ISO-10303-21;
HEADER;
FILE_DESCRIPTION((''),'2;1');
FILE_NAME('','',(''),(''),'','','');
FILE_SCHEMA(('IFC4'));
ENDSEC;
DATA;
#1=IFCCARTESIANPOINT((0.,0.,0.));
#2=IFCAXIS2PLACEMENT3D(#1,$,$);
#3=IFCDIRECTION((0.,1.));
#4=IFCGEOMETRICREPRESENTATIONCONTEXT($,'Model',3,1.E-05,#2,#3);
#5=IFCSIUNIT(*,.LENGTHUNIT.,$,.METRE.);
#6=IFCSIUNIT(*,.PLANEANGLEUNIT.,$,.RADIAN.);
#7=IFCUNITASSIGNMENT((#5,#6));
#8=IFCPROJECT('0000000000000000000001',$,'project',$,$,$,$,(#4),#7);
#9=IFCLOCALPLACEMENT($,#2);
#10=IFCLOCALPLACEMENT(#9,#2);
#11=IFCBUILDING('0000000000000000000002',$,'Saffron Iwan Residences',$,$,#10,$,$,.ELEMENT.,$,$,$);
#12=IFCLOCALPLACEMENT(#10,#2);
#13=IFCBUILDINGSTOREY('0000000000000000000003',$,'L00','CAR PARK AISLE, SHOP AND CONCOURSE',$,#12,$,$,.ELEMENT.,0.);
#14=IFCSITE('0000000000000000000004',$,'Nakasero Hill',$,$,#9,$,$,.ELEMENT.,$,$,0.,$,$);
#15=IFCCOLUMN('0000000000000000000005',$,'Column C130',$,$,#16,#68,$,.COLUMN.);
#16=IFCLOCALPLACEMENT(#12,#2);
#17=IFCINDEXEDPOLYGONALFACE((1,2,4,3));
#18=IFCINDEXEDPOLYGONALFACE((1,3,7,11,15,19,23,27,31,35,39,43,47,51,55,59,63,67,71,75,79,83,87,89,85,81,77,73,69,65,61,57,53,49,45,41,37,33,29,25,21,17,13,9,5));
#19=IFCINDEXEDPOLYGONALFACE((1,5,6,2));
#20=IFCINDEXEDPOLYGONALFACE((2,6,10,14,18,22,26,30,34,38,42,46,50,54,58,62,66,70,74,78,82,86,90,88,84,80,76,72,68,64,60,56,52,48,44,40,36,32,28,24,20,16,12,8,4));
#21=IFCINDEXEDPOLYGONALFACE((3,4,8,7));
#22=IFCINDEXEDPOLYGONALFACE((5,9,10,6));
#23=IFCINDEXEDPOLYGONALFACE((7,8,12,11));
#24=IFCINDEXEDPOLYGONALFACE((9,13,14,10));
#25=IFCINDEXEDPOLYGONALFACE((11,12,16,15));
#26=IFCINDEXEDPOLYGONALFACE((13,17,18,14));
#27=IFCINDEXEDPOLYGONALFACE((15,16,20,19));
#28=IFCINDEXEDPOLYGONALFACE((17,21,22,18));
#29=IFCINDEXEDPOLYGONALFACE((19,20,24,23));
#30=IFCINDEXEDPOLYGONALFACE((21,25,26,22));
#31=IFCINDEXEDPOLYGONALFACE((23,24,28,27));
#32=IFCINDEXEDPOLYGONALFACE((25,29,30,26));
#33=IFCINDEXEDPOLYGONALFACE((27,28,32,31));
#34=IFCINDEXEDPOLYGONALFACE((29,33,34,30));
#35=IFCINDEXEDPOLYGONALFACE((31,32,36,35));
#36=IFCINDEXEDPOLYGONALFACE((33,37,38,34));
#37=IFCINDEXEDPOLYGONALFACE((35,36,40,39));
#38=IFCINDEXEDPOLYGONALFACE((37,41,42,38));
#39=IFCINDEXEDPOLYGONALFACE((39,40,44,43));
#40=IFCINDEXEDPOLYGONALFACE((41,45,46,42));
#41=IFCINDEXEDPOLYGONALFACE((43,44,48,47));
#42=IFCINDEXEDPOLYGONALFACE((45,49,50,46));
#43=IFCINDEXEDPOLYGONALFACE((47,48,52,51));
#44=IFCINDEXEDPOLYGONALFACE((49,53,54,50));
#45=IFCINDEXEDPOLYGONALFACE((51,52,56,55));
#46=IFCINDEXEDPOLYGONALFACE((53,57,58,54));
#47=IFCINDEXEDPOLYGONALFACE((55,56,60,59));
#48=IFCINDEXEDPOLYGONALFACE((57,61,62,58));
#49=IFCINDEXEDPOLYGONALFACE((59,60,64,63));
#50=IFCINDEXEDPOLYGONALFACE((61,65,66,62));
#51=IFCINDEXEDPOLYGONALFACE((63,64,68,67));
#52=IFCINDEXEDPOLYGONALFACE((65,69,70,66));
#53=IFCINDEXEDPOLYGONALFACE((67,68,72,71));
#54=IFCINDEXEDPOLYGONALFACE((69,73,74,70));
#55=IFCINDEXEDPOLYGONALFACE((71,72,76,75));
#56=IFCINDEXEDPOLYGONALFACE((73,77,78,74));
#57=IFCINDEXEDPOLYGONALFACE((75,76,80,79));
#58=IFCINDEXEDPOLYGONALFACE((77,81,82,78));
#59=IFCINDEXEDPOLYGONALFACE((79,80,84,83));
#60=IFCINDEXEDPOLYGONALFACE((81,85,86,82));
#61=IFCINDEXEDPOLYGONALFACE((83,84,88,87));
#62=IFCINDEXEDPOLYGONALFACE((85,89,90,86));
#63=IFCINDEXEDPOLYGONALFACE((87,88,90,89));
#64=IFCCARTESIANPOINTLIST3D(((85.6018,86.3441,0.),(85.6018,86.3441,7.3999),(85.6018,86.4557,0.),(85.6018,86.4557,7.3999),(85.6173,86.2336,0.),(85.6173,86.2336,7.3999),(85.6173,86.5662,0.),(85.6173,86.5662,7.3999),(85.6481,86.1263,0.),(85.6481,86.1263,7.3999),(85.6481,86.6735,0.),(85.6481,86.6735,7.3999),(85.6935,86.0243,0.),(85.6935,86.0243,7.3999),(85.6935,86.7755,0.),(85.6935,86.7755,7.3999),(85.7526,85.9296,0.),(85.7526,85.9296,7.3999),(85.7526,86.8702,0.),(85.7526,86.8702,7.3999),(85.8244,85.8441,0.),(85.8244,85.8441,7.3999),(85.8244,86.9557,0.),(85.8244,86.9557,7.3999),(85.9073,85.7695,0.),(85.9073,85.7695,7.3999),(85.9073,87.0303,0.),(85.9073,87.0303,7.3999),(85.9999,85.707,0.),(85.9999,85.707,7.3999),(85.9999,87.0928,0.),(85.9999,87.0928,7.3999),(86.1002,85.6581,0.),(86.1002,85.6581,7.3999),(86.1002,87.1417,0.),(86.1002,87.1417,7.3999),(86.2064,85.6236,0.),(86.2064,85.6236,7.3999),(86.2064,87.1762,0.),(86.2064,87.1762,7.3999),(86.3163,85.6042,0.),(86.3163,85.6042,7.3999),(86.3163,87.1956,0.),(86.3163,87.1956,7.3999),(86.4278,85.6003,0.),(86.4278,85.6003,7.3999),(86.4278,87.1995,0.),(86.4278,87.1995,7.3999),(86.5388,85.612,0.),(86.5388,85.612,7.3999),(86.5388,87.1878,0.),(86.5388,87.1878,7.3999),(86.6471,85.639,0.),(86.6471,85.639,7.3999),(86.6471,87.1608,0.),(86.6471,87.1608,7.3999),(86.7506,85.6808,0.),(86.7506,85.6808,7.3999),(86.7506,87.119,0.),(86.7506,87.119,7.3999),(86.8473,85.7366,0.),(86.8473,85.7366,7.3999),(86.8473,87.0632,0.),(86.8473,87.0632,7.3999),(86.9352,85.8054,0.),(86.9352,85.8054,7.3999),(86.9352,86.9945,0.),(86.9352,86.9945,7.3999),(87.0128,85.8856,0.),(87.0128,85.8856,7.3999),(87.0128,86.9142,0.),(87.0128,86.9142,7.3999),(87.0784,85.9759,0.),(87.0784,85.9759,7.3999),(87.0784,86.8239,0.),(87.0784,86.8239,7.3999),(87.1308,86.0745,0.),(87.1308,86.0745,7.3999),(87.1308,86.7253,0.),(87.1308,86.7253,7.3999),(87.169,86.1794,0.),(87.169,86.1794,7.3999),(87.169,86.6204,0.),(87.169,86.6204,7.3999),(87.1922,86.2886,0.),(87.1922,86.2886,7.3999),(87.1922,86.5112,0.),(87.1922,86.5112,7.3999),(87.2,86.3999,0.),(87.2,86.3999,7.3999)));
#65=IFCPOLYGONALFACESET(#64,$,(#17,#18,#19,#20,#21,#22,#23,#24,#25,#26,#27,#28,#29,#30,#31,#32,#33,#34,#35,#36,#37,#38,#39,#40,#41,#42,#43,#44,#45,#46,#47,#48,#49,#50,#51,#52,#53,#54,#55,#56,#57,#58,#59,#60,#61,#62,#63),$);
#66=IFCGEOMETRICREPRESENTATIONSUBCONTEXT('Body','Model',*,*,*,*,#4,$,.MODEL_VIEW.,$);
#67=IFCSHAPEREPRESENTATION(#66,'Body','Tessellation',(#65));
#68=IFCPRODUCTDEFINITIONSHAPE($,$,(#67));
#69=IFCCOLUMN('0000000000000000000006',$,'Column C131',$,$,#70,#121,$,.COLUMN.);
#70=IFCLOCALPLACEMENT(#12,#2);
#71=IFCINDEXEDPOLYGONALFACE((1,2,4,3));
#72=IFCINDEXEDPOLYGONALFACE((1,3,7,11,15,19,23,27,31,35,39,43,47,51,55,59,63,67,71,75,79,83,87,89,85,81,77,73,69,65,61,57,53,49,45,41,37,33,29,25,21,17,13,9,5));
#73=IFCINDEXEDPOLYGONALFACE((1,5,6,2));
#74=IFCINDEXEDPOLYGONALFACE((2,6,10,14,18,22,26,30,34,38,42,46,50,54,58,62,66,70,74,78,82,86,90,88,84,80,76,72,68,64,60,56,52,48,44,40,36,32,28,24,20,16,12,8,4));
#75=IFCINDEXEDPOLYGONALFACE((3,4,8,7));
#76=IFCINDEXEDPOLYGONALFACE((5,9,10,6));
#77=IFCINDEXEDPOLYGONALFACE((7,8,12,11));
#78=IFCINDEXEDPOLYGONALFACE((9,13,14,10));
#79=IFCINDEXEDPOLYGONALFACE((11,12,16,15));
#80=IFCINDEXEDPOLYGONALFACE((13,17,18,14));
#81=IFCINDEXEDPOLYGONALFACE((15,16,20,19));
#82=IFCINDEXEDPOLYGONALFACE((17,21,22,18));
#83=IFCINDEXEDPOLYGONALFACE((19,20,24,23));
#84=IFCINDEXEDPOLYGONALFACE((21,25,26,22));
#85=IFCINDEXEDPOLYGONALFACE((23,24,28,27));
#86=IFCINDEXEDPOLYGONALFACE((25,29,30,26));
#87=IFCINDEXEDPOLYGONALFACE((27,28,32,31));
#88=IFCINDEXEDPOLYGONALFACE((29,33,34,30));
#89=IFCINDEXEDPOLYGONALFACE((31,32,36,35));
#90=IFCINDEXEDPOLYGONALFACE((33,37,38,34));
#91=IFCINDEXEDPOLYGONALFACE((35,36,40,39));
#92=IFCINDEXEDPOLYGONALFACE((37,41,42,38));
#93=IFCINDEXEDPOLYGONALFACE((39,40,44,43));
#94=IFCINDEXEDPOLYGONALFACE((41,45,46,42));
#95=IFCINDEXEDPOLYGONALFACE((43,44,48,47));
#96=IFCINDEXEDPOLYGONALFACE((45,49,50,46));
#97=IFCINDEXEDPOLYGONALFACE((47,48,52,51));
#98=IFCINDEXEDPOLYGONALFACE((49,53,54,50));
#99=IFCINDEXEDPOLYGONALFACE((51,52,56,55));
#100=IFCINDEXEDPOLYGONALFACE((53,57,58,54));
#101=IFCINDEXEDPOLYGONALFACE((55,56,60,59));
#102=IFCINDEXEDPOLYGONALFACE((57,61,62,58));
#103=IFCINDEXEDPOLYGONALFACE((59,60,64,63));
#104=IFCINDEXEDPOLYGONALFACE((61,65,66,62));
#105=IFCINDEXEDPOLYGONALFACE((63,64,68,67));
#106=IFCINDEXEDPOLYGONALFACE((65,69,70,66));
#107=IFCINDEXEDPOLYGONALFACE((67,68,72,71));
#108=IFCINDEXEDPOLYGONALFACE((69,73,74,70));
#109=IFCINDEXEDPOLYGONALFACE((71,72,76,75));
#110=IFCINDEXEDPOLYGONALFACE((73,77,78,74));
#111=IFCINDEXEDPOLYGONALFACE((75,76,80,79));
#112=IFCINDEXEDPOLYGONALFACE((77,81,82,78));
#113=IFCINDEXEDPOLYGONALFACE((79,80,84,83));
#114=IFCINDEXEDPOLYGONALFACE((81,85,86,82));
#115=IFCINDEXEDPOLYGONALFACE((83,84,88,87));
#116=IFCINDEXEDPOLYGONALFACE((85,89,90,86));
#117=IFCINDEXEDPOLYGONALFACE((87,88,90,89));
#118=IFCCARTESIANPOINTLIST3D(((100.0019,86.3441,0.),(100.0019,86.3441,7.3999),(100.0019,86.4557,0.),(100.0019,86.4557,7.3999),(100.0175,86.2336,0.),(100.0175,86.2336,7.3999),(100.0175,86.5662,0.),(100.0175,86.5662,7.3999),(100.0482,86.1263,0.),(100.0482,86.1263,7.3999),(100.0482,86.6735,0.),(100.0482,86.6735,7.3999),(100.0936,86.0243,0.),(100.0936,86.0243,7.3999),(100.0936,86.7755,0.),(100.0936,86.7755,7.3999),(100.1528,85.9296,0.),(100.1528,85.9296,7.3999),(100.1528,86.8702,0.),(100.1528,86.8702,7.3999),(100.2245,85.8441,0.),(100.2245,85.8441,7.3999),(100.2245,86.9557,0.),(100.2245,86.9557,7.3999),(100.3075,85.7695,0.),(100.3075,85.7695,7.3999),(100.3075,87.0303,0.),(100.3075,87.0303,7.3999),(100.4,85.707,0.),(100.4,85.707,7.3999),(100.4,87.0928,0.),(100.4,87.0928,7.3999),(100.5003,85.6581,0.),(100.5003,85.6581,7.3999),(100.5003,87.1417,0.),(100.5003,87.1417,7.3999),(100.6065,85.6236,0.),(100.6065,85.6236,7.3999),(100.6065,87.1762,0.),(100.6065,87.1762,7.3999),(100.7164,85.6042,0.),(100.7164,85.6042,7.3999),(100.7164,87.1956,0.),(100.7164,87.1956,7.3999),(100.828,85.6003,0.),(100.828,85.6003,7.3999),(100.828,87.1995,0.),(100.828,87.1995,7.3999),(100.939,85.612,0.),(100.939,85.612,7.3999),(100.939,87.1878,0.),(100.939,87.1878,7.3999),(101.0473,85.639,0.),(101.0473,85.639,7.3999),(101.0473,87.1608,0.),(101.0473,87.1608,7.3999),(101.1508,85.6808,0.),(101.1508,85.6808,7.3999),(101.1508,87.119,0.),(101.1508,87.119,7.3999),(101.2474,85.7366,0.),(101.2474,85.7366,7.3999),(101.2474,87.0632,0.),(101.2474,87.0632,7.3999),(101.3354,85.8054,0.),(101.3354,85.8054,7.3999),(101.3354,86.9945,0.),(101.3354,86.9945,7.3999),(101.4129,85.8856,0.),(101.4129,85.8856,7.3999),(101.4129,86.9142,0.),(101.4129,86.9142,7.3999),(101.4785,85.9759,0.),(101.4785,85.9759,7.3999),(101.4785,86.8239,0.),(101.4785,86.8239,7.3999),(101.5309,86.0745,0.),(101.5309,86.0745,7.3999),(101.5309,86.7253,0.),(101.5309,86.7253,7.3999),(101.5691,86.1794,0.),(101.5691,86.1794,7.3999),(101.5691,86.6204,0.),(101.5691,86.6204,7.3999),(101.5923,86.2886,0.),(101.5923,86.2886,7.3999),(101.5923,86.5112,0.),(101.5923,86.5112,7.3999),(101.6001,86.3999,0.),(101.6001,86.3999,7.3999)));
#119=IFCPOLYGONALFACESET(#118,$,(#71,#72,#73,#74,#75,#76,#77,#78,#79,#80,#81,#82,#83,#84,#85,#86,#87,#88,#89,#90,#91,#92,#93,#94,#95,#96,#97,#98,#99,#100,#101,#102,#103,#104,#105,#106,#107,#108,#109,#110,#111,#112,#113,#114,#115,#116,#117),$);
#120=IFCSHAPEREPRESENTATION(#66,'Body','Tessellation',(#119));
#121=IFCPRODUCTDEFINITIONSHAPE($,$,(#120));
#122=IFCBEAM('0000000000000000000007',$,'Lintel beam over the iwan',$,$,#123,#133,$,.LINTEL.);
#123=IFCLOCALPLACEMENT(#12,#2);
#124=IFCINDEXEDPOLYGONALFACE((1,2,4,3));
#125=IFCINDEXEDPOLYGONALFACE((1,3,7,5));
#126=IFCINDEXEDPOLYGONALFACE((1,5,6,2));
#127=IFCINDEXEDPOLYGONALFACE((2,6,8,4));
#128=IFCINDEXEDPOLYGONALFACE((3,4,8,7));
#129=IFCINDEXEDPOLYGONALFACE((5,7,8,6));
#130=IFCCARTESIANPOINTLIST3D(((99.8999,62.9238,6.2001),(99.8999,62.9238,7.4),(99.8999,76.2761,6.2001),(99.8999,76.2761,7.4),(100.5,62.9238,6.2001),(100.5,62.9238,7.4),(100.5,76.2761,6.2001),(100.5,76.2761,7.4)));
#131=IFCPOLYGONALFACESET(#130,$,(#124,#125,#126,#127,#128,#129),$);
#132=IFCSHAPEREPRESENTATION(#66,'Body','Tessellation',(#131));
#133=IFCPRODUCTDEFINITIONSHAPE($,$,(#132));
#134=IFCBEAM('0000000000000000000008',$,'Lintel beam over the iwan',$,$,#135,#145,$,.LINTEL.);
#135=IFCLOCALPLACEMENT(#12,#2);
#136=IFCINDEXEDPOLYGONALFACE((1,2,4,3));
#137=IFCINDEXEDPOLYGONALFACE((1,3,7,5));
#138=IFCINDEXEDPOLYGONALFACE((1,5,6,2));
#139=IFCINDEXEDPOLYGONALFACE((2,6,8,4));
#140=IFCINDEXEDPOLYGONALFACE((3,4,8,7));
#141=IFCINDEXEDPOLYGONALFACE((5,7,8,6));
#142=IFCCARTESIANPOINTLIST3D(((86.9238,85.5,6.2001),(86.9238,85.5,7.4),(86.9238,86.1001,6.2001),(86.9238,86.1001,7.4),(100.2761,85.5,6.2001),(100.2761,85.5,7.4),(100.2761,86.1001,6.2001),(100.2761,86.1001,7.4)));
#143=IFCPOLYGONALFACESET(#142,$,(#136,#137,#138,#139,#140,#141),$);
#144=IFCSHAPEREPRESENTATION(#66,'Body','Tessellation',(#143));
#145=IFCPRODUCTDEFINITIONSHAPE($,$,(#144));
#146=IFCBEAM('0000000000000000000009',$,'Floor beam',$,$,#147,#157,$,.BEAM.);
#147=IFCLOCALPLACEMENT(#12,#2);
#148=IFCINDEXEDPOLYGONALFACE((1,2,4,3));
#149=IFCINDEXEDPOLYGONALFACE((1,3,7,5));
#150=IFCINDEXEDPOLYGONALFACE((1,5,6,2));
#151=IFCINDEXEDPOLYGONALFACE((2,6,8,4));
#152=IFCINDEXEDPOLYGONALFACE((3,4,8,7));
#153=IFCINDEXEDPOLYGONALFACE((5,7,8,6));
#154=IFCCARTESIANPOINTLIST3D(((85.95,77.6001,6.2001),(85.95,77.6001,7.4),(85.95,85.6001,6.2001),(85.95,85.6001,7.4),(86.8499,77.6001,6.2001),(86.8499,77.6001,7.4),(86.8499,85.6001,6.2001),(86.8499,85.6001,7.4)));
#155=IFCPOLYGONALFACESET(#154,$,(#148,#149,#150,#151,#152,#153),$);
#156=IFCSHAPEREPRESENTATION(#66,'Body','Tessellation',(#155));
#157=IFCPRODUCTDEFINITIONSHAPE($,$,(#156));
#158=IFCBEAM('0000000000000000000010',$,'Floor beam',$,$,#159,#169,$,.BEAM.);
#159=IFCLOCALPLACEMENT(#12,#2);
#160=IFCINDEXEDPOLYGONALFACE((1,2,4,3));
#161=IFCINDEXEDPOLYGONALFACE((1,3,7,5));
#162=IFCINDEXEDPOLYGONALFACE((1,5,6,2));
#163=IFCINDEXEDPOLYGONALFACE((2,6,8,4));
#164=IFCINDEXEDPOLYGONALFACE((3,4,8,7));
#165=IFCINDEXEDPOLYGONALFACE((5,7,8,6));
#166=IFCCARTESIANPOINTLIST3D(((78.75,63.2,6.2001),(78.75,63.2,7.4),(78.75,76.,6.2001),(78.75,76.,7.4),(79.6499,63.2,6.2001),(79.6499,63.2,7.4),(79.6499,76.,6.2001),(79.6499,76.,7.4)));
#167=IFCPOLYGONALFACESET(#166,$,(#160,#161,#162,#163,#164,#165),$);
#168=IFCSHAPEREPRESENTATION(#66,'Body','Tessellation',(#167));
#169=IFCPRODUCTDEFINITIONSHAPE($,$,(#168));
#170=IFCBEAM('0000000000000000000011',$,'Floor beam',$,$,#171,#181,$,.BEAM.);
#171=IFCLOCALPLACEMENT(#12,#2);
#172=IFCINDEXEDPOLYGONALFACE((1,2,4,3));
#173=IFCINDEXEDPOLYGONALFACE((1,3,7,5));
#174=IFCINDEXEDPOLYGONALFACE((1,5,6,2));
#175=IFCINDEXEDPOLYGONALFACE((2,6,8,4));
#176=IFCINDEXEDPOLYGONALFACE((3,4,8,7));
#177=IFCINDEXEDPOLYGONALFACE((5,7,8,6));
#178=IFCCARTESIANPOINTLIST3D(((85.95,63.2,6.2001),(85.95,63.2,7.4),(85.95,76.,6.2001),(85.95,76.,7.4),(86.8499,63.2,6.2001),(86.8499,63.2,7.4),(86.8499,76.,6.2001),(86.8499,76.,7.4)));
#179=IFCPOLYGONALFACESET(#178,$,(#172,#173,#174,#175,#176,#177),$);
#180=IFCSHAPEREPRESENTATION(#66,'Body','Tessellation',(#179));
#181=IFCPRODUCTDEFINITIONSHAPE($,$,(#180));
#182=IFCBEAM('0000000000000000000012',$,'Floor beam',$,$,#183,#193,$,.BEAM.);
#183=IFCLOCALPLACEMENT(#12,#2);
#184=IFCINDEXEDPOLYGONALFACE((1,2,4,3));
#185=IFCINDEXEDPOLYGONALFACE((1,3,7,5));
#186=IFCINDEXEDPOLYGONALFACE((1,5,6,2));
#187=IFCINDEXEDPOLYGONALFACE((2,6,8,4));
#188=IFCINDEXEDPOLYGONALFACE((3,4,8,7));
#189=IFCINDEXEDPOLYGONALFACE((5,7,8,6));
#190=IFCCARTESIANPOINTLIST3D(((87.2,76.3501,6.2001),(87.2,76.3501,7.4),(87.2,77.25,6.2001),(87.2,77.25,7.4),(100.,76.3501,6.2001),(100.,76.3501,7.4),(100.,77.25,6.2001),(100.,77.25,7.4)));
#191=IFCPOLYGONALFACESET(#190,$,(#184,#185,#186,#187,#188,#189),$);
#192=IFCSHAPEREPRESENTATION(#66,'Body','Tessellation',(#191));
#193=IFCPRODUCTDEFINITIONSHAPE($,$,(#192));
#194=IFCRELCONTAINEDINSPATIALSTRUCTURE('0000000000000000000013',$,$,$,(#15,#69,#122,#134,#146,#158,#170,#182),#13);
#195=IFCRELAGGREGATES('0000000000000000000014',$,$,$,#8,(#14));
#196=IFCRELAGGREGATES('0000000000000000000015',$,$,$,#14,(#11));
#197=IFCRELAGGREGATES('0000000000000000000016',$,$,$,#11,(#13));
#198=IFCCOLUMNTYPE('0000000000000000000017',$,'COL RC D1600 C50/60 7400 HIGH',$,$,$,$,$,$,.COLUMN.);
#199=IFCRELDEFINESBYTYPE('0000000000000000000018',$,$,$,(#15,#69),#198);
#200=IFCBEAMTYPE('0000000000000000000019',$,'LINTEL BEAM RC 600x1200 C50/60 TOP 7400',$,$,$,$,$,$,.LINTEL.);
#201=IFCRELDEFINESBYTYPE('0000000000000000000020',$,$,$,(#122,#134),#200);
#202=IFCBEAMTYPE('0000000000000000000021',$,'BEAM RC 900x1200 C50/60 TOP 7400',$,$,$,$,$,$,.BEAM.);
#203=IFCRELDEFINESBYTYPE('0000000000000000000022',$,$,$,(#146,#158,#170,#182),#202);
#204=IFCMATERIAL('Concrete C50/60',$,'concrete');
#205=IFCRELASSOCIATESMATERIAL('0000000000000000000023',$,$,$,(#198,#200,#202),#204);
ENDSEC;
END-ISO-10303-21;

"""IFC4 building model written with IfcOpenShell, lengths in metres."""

from ifc_helpers import new_model, si_unit, direction, frame, origin, origin_2d, place, context, subcontext, project, spatial, rectangle, circle, extrude, source, transform, mapped, material, material_profile, profile_set, type_object, element, save


model = new_model("IFC4")

# Units and contexts
model_context = context("Model", 3, precision=1e-05, world=origin(), true_north=direction((0.0, 1.0)))
body_context = subcontext(model_context, "Body", "Model", "MODEL_VIEW")
ifc_project = project(units=[si_unit("LENGTHUNIT", "METRE"), si_unit("PLANEANGLEUNIT", "RADIAN")], contexts=[model_context])

# Site, building, storey
site_placement = place(None, origin())
site = spatial("IfcSite", under=ifc_project, at=site_placement, Name="Nakasero Hill", CompositionType="ELEMENT", RefElevation=0.0)
building_placement = place(site_placement, origin())
building = spatial("IfcBuilding", under=site, at=building_placement, Name="Saffron Iwan Residences", CompositionType="ELEMENT")
storey_placement = place(building_placement, origin())
storey = spatial("IfcBuildingStorey", under=building, at=storey_placement, Name="L00", Description="CAR PARK AISLE, SHOP AND CONCOURSE", CompositionType="ELEMENT", Elevation=0.0)

# Columns
ifc_material_1 = material(Name="Concrete C50/60", Category="concrete")
ifc_material_profile_1 = material_profile(ifc_material_1, circle(Radius=0.8, at=origin_2d()), Name="RC D1600")
ifc_profile_set_1 = profile_set([ifc_material_profile_1], Name="Concrete C50/60")
column_type = type_object("IfcColumnType", Name="COL RC D1600 C50/60 7400 HIGH", PredefinedType="COLUMN", material=ifc_profile_set_1)
shared_shape_1 = source(origin(), body_context, "Body", "SweptSolid", [
    extrude(circle(Radius=0.8, at=origin_2d()), origin(), (0.0, 0.0, 1.0), 7.3999),
])
for number, where, z_axis, x_axis, name in (
    (1, (86.3999, 86.3999, 0.0), (0.0, 0.0, 1.0), (1.0, 0.0, 0.0), "Column C130"),
    (2, (100.8, 86.3999, 0.0), (0.0, 0.0, 1.0), (1.0, 0.0, 0.0), "Column C131"),
):
    element("IfcColumn", number, at=place(storey_placement, frame(where, z_axis=z_axis, x_axis=x_axis)), inside=storey, type_object=column_type, Name=name, PredefinedType="COLUMN", context=body_context, shape_type="MappedRepresentation", body=[
        mapped(shared_shape_1, transform((0.0, 0.0, 0.0))),
    ])

# Beams
ifc_material_profile_2 = material_profile(ifc_material_1, rectangle(XDim=0.6001, YDim=1.2, at=origin_2d()), Name="RC 600x1200")
ifc_profile_set_2 = profile_set([ifc_material_profile_2], Name="Concrete C50/60")
beam_type_1 = type_object("IfcBeamType", Name="LINTEL BEAM RC 600x1200 C50/60 TOP 7400", PredefinedType="LINTEL", material=ifc_profile_set_2)
shared_shape_2 = source(origin(), body_context, "Body", "SweptSolid", [
    extrude(rectangle(XDim=0.6001, YDim=1.2, at=origin_2d()), origin(), (0.0, 0.0, 1.0), 13.3523),
])
for number, where, z_axis, x_axis, name in (
    (3, (100.2, 76.2761, 6.8), (0.0, -1.0, 0.0), (1.0, 0.0, 0.0), "Lintel beam over the iwan"),
    (4, (86.9238, 85.8, 6.8), (1.0, 0.0, 0.0), (0.0, 1.0, 0.0), "Lintel beam over the iwan"),
):
    element("IfcBeam", number, at=place(storey_placement, frame(where, z_axis=z_axis, x_axis=x_axis)), inside=storey, type_object=beam_type_1, Name=name, PredefinedType="LINTEL", context=body_context, shape_type="MappedRepresentation", body=[
        mapped(shared_shape_2, transform((0.0, 0.0, 0.0))),
    ])
ifc_material_profile_3 = material_profile(ifc_material_1, rectangle(XDim=0.8999, YDim=1.2, at=origin_2d()), Name="RC 900x1200")
ifc_profile_set_3 = profile_set([ifc_material_profile_3], Name="Concrete C50/60")
beam_type_2 = type_object("IfcBeamType", Name="BEAM RC 900x1200 C50/60 TOP 7400", PredefinedType="BEAM", material=ifc_profile_set_3)
shared_shape_3 = source(origin(), body_context, "Body", "SweptSolid", [
    extrude(rectangle(XDim=0.8999, YDim=1.2, at=origin_2d()), origin(), (0.0, 0.0, 1.0), 8.0),
])
beam_1_placement = place(storey_placement, frame((86.3999, 77.6001, 6.8), z_axis=(0.0, 1.0, 0.0), x_axis=(-1.0, 0.0, 0.0)))
element("IfcBeam", 5, at=beam_1_placement, inside=storey, type_object=beam_type_2, Name="Floor beam", PredefinedType="BEAM", context=body_context, shape_type="MappedRepresentation", body=[
    mapped(shared_shape_3, transform((0.0, 0.0, 0.0))),
])
shared_shape_4 = source(origin(), body_context, "Body", "SweptSolid", [
    extrude(rectangle(XDim=0.8999, YDim=1.2, at=origin_2d()), origin(), (0.0, 0.0, 1.0), 12.8),
])
for number, where, z_axis, x_axis, name in (
    (6, (79.2, 63.2, 6.8), (0.0, 1.0, 0.0), (-1.0, 0.0, 0.0), "Floor beam"),
    (7, (86.3999, 63.2, 6.8), (0.0, 1.0, 0.0), (-1.0, 0.0, 0.0), "Floor beam"),
    (8, (87.2, 76.8, 6.8), (1.0, 0.0, 0.0), (0.0, 1.0, 0.0), "Floor beam"),
):
    element("IfcBeam", number, at=place(storey_placement, frame(where, z_axis=z_axis, x_axis=x_axis)), inside=storey, type_object=beam_type_2, Name=name, PredefinedType="BEAM", context=body_context, shape_type="MappedRepresentation", body=[
        mapped(shared_shape_4, transform((0.0, 0.0, 0.0))),
    ])

save(model, "model.ifc")
